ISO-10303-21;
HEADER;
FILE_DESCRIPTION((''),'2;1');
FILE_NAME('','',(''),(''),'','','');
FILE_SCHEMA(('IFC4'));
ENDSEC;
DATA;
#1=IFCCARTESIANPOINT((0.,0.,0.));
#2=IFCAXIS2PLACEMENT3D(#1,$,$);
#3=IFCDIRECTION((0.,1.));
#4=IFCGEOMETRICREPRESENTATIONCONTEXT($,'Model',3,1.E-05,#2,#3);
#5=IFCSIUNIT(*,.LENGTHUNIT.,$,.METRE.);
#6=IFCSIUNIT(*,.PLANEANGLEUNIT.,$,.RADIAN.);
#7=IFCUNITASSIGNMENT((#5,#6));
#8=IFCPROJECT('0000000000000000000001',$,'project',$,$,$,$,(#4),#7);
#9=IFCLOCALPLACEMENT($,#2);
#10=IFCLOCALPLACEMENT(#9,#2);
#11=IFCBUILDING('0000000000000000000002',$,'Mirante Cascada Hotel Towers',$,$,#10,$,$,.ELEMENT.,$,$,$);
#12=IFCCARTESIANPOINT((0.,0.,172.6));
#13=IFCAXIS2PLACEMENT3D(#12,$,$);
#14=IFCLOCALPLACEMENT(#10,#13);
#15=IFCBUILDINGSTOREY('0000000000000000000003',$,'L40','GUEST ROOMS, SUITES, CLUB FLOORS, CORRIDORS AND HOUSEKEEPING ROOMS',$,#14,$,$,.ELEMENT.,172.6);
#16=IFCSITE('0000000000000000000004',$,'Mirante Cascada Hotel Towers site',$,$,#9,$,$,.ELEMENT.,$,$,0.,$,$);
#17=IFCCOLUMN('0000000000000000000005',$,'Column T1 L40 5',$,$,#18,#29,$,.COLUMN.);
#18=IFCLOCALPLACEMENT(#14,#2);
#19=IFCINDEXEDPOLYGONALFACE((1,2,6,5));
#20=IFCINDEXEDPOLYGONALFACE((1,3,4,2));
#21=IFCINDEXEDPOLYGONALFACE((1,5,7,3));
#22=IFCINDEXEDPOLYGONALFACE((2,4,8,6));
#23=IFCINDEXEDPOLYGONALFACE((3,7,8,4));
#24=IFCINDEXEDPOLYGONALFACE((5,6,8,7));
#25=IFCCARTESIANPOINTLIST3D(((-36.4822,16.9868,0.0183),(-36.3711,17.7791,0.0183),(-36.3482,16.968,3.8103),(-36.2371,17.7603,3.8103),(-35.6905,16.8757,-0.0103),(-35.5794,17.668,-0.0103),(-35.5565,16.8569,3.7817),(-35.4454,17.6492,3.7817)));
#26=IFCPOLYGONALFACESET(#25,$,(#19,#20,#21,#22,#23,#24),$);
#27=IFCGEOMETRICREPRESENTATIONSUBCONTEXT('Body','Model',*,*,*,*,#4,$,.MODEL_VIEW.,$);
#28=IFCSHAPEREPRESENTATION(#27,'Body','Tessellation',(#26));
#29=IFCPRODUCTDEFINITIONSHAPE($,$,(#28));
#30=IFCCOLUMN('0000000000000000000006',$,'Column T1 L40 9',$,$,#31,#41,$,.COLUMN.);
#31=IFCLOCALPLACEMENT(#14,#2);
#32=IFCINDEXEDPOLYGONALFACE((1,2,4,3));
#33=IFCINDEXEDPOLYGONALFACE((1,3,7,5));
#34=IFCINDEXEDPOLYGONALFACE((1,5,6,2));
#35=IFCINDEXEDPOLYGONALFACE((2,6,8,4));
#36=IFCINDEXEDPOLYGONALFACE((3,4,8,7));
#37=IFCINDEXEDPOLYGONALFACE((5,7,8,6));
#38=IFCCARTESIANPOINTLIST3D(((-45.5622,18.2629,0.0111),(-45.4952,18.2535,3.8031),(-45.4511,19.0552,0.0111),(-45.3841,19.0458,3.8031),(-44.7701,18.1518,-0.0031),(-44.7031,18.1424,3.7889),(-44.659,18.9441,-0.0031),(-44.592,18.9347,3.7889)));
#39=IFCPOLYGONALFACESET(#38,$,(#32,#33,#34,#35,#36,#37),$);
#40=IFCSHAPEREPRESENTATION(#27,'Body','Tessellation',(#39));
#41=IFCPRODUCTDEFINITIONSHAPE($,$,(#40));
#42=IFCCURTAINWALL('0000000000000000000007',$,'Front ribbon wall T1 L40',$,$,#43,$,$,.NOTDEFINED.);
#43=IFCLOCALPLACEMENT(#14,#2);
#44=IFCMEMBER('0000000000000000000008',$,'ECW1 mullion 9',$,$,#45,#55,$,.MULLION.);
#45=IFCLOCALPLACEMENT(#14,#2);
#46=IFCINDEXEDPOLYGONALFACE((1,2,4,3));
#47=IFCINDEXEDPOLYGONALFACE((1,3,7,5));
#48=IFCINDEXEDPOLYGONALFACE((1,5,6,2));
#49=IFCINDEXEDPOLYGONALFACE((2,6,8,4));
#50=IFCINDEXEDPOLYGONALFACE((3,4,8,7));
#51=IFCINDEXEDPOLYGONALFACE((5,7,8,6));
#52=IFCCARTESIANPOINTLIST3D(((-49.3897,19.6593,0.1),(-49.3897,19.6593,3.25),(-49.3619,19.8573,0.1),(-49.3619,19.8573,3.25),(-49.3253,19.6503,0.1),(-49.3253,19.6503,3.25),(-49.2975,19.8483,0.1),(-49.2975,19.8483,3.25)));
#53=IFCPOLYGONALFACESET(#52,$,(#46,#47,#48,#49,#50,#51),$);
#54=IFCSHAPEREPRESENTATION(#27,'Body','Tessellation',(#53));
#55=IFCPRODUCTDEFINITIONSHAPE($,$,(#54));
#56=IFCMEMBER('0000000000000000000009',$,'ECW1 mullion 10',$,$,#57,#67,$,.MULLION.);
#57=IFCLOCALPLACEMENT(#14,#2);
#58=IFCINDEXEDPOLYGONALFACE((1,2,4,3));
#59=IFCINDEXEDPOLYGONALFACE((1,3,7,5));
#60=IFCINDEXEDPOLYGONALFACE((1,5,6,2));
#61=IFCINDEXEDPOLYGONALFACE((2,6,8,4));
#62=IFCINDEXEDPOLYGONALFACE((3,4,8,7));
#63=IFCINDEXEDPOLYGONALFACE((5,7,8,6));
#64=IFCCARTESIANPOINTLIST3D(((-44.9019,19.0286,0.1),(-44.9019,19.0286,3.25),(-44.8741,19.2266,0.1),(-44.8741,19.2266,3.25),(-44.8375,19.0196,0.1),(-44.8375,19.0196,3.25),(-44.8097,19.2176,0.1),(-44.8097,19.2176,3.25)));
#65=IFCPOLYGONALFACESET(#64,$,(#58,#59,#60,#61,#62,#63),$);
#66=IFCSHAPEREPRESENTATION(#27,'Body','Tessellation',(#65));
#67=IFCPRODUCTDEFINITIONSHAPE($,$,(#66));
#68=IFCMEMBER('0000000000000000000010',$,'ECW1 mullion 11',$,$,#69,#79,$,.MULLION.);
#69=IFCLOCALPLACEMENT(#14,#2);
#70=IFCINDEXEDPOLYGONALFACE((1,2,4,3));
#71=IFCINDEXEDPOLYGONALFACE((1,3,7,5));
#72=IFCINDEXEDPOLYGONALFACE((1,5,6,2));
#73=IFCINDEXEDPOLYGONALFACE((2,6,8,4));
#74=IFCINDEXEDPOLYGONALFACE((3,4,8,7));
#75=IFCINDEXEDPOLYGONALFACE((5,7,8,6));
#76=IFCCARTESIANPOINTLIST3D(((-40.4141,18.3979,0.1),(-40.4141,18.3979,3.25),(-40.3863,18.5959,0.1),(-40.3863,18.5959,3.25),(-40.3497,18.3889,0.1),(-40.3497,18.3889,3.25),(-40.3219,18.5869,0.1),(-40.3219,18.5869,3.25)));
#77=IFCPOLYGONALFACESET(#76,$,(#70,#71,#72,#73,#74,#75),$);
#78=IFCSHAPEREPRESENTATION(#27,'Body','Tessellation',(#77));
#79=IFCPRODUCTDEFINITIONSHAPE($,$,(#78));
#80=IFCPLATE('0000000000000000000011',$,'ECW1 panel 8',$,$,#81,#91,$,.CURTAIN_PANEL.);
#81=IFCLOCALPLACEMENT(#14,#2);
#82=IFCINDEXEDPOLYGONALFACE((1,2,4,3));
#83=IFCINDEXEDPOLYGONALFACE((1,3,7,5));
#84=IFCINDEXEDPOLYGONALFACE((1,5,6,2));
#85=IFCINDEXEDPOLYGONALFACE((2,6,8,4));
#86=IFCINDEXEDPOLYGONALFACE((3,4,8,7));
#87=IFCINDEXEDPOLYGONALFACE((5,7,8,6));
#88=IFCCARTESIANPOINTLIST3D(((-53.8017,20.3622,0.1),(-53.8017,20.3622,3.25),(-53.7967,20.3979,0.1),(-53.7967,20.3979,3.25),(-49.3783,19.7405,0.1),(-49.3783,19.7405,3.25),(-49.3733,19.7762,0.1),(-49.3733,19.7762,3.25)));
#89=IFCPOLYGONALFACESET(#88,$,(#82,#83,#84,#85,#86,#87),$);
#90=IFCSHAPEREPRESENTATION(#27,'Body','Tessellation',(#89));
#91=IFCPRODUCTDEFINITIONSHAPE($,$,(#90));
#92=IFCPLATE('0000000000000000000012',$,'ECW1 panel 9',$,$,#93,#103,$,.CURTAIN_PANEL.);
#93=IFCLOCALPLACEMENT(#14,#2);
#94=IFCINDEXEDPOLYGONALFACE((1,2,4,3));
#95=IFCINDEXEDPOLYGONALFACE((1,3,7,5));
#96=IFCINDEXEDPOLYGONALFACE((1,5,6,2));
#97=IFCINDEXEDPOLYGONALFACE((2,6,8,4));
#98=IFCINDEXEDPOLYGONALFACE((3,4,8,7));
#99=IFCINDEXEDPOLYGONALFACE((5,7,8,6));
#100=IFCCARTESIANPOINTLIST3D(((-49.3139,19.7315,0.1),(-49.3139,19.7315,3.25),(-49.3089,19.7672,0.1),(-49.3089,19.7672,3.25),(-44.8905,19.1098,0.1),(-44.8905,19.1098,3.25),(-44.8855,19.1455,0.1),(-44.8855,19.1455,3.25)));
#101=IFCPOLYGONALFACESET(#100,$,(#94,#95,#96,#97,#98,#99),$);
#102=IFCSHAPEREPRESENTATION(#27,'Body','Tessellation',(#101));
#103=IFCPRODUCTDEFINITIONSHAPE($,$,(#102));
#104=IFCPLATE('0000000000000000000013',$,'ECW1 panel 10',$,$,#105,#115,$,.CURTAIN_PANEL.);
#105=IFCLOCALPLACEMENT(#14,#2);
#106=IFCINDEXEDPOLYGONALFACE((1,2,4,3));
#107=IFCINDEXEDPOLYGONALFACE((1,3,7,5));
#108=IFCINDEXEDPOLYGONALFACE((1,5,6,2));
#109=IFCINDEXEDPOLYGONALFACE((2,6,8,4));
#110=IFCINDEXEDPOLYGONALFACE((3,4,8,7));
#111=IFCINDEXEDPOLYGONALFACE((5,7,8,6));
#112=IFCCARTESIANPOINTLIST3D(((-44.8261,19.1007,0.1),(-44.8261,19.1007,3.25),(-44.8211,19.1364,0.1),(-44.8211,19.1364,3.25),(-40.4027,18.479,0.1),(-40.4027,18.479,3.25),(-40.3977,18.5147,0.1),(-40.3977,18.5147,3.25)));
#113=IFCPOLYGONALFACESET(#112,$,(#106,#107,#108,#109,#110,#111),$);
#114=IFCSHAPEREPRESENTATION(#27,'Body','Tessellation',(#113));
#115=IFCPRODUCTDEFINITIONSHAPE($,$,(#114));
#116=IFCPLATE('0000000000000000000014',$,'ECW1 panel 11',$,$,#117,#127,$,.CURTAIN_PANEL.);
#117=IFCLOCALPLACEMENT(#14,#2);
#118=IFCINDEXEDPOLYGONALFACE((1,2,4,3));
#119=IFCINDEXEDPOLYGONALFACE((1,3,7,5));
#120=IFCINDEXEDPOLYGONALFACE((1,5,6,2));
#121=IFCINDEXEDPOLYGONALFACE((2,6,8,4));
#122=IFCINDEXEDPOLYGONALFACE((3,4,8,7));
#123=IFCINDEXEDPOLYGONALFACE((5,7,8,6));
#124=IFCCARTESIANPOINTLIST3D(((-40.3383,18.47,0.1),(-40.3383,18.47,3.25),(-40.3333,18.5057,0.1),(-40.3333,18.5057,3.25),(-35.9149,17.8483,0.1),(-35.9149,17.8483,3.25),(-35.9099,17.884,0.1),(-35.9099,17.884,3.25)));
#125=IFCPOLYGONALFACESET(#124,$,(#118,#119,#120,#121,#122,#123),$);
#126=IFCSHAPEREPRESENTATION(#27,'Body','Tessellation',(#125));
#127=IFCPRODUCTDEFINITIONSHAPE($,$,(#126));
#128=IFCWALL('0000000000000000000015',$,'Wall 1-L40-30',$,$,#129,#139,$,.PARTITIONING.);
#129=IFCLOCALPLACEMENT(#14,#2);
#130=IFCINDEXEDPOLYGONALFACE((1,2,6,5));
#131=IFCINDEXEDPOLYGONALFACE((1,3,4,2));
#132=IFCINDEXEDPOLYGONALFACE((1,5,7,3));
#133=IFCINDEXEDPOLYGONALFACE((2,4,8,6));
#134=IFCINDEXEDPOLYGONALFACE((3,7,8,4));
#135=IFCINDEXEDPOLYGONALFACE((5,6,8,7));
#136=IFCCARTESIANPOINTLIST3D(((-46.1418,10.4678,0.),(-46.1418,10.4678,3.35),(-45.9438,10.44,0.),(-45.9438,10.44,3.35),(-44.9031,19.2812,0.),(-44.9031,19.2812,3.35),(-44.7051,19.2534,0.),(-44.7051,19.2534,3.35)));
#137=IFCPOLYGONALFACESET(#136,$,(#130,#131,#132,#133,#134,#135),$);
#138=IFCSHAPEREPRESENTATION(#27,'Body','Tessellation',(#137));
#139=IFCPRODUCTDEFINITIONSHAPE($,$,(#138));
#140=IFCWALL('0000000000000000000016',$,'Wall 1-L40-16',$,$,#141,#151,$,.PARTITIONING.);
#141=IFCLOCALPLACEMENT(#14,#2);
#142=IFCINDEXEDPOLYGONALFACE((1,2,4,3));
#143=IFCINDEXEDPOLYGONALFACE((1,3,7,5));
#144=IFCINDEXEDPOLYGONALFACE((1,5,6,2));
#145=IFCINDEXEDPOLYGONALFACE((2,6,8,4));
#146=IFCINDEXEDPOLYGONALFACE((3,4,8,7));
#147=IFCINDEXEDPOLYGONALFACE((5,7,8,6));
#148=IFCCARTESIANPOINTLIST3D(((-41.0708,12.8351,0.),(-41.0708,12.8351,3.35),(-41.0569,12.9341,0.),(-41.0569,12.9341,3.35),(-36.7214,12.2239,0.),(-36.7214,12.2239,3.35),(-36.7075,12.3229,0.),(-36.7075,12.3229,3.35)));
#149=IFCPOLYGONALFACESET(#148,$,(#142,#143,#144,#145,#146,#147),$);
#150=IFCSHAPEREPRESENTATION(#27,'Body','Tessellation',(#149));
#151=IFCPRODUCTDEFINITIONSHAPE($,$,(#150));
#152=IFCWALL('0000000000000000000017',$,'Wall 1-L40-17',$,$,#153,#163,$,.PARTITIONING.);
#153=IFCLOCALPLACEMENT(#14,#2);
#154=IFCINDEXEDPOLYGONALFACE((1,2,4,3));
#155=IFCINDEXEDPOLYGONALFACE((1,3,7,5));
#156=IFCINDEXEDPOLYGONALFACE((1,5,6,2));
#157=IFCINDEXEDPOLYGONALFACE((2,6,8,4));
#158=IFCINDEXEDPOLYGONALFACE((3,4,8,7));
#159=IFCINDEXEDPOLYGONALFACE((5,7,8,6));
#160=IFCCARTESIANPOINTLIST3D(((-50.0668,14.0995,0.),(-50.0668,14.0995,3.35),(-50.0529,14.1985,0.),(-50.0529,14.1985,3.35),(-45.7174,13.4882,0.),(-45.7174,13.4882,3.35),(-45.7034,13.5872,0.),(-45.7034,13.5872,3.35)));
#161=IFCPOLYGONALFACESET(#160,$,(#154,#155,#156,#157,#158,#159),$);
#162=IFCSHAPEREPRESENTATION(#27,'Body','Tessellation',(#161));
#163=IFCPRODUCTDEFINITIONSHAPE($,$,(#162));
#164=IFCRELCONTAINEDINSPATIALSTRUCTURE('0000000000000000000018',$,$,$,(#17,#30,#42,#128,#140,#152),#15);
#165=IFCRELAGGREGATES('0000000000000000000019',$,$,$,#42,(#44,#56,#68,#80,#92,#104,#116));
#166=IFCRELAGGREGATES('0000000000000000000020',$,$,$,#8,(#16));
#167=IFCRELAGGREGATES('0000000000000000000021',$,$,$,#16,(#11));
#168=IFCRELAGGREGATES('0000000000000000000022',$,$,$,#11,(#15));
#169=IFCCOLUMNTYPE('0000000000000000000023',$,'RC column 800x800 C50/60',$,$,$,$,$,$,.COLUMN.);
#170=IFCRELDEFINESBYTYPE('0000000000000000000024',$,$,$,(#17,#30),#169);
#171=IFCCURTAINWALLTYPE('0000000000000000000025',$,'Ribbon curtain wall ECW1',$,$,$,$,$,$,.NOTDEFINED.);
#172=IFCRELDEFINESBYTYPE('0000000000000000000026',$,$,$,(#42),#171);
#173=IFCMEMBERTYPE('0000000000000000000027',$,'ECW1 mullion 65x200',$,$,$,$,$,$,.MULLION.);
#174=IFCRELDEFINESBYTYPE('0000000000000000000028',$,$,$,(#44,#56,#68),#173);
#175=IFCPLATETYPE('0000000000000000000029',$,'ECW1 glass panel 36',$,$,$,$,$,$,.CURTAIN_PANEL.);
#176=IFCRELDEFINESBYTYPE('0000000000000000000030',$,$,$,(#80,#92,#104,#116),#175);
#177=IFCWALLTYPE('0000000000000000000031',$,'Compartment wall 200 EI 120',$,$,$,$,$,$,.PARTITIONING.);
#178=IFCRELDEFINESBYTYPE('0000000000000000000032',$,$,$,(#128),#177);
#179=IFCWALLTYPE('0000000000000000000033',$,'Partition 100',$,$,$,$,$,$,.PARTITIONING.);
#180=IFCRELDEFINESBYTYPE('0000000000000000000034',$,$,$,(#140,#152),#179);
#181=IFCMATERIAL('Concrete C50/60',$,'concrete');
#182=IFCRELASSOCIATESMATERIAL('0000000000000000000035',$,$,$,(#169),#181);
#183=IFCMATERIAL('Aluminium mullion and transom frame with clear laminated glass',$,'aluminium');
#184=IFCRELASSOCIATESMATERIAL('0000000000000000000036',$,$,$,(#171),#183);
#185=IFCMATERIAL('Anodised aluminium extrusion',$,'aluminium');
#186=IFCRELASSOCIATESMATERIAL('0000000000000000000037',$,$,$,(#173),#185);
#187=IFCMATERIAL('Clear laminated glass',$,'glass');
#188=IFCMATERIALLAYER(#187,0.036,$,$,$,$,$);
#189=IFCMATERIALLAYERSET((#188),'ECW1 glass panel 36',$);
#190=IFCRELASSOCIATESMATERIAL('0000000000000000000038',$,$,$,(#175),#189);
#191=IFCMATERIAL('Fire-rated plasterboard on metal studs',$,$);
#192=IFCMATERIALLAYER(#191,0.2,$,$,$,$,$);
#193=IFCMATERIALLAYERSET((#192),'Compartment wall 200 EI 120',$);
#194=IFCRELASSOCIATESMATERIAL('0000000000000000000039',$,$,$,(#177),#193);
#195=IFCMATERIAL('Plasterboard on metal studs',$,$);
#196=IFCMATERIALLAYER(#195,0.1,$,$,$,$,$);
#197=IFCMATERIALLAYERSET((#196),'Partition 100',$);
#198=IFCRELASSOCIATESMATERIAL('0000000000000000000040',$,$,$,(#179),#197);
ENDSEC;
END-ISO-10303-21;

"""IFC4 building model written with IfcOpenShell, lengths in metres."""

from ifc_helpers import new_model, si_unit, direction, frame, frame_2d, origin, origin_2d, place, context, subcontext, project, spatial, rectangle, extrude, material, layer, layer_set, material_profile, profile_set, type_object, element, aggregate, save


model = new_model("IFC4")

# Units and contexts
model_context = context("Model", 3, precision=1e-05, world=origin(), true_north=direction((0.0, 1.0)))
body_context = subcontext(model_context, "Body", "Model", "MODEL_VIEW")
ifc_project = project(units=[si_unit("LENGTHUNIT", "METRE"), si_unit("PLANEANGLEUNIT", "RADIAN")], contexts=[model_context])

# Site, building, storey
site_placement = place(None, origin())
site = spatial("IfcSite", under=ifc_project, at=site_placement, Name="Mirante Cascada Hotel Towers site", CompositionType="ELEMENT", RefElevation=0.0)
building_placement = place(site_placement, origin())
building = spatial("IfcBuilding", under=site, at=building_placement, Name="Mirante Cascada Hotel Towers", CompositionType="ELEMENT")
storey_placement = place(building_placement, frame((0.0, 0.0, 172.6)))
storey = spatial("IfcBuildingStorey", under=building, at=storey_placement, Name="L40", Description="GUEST ROOMS, SUITES, CLUB FLOORS, CORRIDORS AND HOUSEKEEPING ROOMS", CompositionType="ELEMENT", Elevation=172.6)

# Columns
ifc_material_1 = material(Name="Concrete C50/60", Category="concrete")
ifc_material_profile_1 = material_profile(ifc_material_1, rectangle(XDim=0.8, YDim=0.8, at=origin_2d()), Name="RC column 800x800 C50/60")
ifc_profile_set_1 = profile_set([ifc_material_profile_1], Name="Concrete C50/60")
column_type = type_object("IfcColumnType", Name="RC column 800x800 C50/60", PredefinedType="COLUMN", material=ifc_profile_set_1)
column_1_placement = place(storey_placement, frame((-36.0308, 17.3274, 0.004), z_axis=(0.035315, -0.004955, 0.999364), x_axis=(0.138938, 0.990301, 0.0)))
element("IfcColumn", 1, at=column_1_placement, inside=storey, type_object=column_type, Name="Column T1 L40 5", PredefinedType="COLUMN", context=body_context, shape_type="SweptSolid", body=[
    extrude(rectangle(XDim=0.8, YDim=0.8, at=origin_2d()), origin(), (0.0, 0.0, 1.0), 3.7944),
])
column_2_placement = place(storey_placement, frame((-45.1106, 18.6035, 0.004), z_axis=(0.017666, -0.002478, 0.999841), x_axis=(0.138938, 0.990301, 0.0)))
element("IfcColumn", 2, at=column_2_placement, inside=storey, type_object=column_type, Name="Column T1 L40 9", PredefinedType="COLUMN", context=body_context, shape_type="SweptSolid", body=[
    extrude(rectangle(XDim=0.8, YDim=0.8, at=origin_2d()), origin(), (0.0, 0.0, 1.0), 3.7926),
])

# Curtain wall, members, plates
ifc_material_2 = material(Name="Aluminium mullion and transom frame with clear laminated glass", Category="aluminium")
curtain_wall_type = type_object("IfcCurtainWallType", Name="Ribbon curtain wall ECW1", PredefinedType="NOTDEFINED", material=ifc_material_2)
curtain_wall_placement = place(storey_placement, origin())
curtain_wall = element("IfcCurtainWall", 3, at=curtain_wall_placement, inside=storey, type_object=curtain_wall_type, Name="Front ribbon wall T1 L40", PredefinedType="NOTDEFINED")
ifc_material_3 = material(Name="Anodised aluminium extrusion", Category="aluminium")
ifc_material_profile_2 = material_profile(ifc_material_3, rectangle(XDim=0.2, YDim=0.065, at=origin_2d()), Name="ECW1 MULLION 65x200")
ifc_profile_set_2 = profile_set([ifc_material_profile_2], Name="Anodised aluminium extrusion")
member_type = type_object("IfcMemberType", Name="ECW1 mullion 65x200", PredefinedType="MULLION", material=ifc_profile_set_2)
member_1_placement = place(storey_placement, frame((-49.3436, 19.7538, 0.1), z_axis=(0.0, 0.0, 1.0), x_axis=(0.139173, 0.990268, 0.0)))
member_1 = element("IfcMember", 4, at=member_1_placement, type_object=member_type, Name="ECW1 mullion 9", PredefinedType="MULLION", context=body_context, shape_type="SweptSolid", body=[
    extrude(rectangle(XDim=0.2, YDim=0.065, at=origin_2d()), origin(), (0.0, 0.0, 1.0), 3.15),
])
member_2_placement = place(storey_placement, frame((-44.8558, 19.1231, 0.1), z_axis=(0.0, 0.0, 1.0), x_axis=(0.139173, 0.990268, 0.0)))
member_2 = element("IfcMember", 5, at=member_2_placement, type_object=member_type, Name="ECW1 mullion 10", PredefinedType="MULLION", context=body_context, shape_type="SweptSolid", body=[
    extrude(rectangle(XDim=0.2, YDim=0.065, at=origin_2d()), origin(), (0.0, 0.0, 1.0), 3.15),
])
member_3_placement = place(storey_placement, frame((-40.368, 18.4924, 0.1), z_axis=(0.0, 0.0, 1.0), x_axis=(0.139173, 0.990268, 0.0)))
member_3 = element("IfcMember", 6, at=member_3_placement, type_object=member_type, Name="ECW1 mullion 11", PredefinedType="MULLION", context=body_context, shape_type="SweptSolid", body=[
    extrude(rectangle(XDim=0.2, YDim=0.065, at=origin_2d()), origin(), (0.0, 0.0, 1.0), 3.15),
])
ifc_material_4 = material(Name="Clear laminated glass", Category="glass")
ifc_layer_1 = layer(ifc_material_4, 0.036)
ifc_layer_set_1 = layer_set([ifc_layer_1], Name="ECW1 glass panel 36")
plate_type = type_object("IfcPlateType", Name="ECW1 glass panel 36", PredefinedType="CURTAIN_PANEL", material=ifc_layer_set_1)
plate_1_placement = place(storey_placement, frame((-51.5875, 20.0692, 0.1), z_axis=(0.0, 0.0, 1.0), x_axis=(0.990268, -0.139173, 0.0)))
plate_1 = element("IfcPlate", 7, at=plate_1_placement, type_object=plate_type, Name="ECW1 panel 8", PredefinedType="CURTAIN_PANEL", context=body_context, shape_type="SweptSolid", body=[
    extrude(rectangle(XDim=4.4669, YDim=0.036, at=origin_2d()), origin(), (0.0, 0.0, 1.0), 3.15),
])
plate_2_placement = place(storey_placement, frame((-47.0997, 19.4385, 0.1), z_axis=(0.0, 0.0, 1.0), x_axis=(0.990268, -0.139173, 0.0)))
plate_2 = element("IfcPlate", 8, at=plate_2_placement, type_object=plate_type, Name="ECW1 panel 9", PredefinedType="CURTAIN_PANEL", context=body_context, shape_type="SweptSolid", body=[
    extrude(rectangle(XDim=4.4669, YDim=0.036, at=origin_2d()), origin(), (0.0, 0.0, 1.0), 3.15),
])
plate_3_placement = place(storey_placement, frame((-42.6119, 18.8077, 0.1), z_axis=(0.0, 0.0, 1.0), x_axis=(0.990268, -0.139173, 0.0)))
plate_3 = element("IfcPlate", 9, at=plate_3_placement, type_object=plate_type, Name="ECW1 panel 10", PredefinedType="CURTAIN_PANEL", context=body_context, shape_type="SweptSolid", body=[
    extrude(rectangle(XDim=4.4669, YDim=0.036, at=origin_2d()), origin(), (0.0, 0.0, 1.0), 3.15),
])
plate_4_placement = place(storey_placement, frame((-38.1241, 18.177, 0.1), z_axis=(0.0, 0.0, 1.0), x_axis=(0.990268, -0.139173, 0.0)))
plate_4 = element("IfcPlate", 10, at=plate_4_placement, type_object=plate_type, Name="ECW1 panel 11", PredefinedType="CURTAIN_PANEL", context=body_context, shape_type="SweptSolid", body=[
    extrude(rectangle(XDim=4.4669, YDim=0.036, at=origin_2d()), origin(), (0.0, 0.0, 1.0), 3.15),
])
aggregate(curtain_wall, [member_1, member_2, member_3, plate_1, plate_2, plate_3, plate_4])

# Walls
ifc_material_5 = material(Name="Fire-rated plasterboard on metal studs")
ifc_layer_2 = layer(ifc_material_5, 0.2)
ifc_layer_set_2 = layer_set([ifc_layer_2], Name="Compartment wall 200 EI 120")
wall_type_1 = type_object("IfcWallType", Name="Compartment wall 200 EI 120", PredefinedType="PARTITIONING", material=ifc_layer_set_2)
wall_1_placement = place(storey_placement, frame((-44.8041, 19.2673, 0.0), z_axis=(0.0, 0.0, 1.0), x_axis=(-0.139179, -0.990267, 0.0)))
element("IfcWall", 11, at=wall_1_placement, inside=storey, type_object=wall_type_1, Name="Wall 1-L40-30", PredefinedType="PARTITIONING", context=body_context, shape_type="SweptSolid", body=[
    extrude(rectangle(XDim=8.9, YDim=0.2, at=frame_2d((4.45, 0.0))), origin(), (0.0, 0.0, 1.0), 3.35),
])
ifc_material_6 = material(Name="Plasterboard on metal studs")
ifc_layer_3 = layer(ifc_material_6, 0.1)
ifc_layer_set_3 = layer_set([ifc_layer_3], Name="Partition 100")
wall_type_2 = type_object("IfcWallType", Name="Partition 100", PredefinedType="PARTITIONING", material=ifc_layer_set_3)
wall_2_placement = place(storey_placement, frame((-41.0638, 12.8846, 0.0), z_axis=(0.0, 0.0, 1.0), x_axis=(0.99027, -0.139158, 0.0)))
element("IfcWall", 12, at=wall_2_placement, inside=storey, type_object=wall_type_2, Name="Wall 1-L40-16", PredefinedType="PARTITIONING", context=body_context, shape_type="SweptSolid", body=[
    extrude(rectangle(XDim=4.3921, YDim=0.1, at=frame_2d((2.196, 0.0))), origin(), (0.0, 0.0, 1.0), 3.35),
])
wall_3_placement = place(storey_placement, frame((-45.7104, 13.5377, 0.0), z_axis=(0.0, 0.0, 1.0), x_axis=(-0.990267, 0.139177, 0.0)))
element("IfcWall", 13, at=wall_3_placement, inside=storey, type_object=wall_type_2, Name="Wall 1-L40-17", PredefinedType="PARTITIONING", context=body_context, shape_type="SweptSolid", body=[
    extrude(rectangle(XDim=4.3922, YDim=0.1, at=frame_2d((2.1961, 0.0))), origin(), (0.0, 0.0, 1.0), 3.35),
])

save(model, "model.ifc")
